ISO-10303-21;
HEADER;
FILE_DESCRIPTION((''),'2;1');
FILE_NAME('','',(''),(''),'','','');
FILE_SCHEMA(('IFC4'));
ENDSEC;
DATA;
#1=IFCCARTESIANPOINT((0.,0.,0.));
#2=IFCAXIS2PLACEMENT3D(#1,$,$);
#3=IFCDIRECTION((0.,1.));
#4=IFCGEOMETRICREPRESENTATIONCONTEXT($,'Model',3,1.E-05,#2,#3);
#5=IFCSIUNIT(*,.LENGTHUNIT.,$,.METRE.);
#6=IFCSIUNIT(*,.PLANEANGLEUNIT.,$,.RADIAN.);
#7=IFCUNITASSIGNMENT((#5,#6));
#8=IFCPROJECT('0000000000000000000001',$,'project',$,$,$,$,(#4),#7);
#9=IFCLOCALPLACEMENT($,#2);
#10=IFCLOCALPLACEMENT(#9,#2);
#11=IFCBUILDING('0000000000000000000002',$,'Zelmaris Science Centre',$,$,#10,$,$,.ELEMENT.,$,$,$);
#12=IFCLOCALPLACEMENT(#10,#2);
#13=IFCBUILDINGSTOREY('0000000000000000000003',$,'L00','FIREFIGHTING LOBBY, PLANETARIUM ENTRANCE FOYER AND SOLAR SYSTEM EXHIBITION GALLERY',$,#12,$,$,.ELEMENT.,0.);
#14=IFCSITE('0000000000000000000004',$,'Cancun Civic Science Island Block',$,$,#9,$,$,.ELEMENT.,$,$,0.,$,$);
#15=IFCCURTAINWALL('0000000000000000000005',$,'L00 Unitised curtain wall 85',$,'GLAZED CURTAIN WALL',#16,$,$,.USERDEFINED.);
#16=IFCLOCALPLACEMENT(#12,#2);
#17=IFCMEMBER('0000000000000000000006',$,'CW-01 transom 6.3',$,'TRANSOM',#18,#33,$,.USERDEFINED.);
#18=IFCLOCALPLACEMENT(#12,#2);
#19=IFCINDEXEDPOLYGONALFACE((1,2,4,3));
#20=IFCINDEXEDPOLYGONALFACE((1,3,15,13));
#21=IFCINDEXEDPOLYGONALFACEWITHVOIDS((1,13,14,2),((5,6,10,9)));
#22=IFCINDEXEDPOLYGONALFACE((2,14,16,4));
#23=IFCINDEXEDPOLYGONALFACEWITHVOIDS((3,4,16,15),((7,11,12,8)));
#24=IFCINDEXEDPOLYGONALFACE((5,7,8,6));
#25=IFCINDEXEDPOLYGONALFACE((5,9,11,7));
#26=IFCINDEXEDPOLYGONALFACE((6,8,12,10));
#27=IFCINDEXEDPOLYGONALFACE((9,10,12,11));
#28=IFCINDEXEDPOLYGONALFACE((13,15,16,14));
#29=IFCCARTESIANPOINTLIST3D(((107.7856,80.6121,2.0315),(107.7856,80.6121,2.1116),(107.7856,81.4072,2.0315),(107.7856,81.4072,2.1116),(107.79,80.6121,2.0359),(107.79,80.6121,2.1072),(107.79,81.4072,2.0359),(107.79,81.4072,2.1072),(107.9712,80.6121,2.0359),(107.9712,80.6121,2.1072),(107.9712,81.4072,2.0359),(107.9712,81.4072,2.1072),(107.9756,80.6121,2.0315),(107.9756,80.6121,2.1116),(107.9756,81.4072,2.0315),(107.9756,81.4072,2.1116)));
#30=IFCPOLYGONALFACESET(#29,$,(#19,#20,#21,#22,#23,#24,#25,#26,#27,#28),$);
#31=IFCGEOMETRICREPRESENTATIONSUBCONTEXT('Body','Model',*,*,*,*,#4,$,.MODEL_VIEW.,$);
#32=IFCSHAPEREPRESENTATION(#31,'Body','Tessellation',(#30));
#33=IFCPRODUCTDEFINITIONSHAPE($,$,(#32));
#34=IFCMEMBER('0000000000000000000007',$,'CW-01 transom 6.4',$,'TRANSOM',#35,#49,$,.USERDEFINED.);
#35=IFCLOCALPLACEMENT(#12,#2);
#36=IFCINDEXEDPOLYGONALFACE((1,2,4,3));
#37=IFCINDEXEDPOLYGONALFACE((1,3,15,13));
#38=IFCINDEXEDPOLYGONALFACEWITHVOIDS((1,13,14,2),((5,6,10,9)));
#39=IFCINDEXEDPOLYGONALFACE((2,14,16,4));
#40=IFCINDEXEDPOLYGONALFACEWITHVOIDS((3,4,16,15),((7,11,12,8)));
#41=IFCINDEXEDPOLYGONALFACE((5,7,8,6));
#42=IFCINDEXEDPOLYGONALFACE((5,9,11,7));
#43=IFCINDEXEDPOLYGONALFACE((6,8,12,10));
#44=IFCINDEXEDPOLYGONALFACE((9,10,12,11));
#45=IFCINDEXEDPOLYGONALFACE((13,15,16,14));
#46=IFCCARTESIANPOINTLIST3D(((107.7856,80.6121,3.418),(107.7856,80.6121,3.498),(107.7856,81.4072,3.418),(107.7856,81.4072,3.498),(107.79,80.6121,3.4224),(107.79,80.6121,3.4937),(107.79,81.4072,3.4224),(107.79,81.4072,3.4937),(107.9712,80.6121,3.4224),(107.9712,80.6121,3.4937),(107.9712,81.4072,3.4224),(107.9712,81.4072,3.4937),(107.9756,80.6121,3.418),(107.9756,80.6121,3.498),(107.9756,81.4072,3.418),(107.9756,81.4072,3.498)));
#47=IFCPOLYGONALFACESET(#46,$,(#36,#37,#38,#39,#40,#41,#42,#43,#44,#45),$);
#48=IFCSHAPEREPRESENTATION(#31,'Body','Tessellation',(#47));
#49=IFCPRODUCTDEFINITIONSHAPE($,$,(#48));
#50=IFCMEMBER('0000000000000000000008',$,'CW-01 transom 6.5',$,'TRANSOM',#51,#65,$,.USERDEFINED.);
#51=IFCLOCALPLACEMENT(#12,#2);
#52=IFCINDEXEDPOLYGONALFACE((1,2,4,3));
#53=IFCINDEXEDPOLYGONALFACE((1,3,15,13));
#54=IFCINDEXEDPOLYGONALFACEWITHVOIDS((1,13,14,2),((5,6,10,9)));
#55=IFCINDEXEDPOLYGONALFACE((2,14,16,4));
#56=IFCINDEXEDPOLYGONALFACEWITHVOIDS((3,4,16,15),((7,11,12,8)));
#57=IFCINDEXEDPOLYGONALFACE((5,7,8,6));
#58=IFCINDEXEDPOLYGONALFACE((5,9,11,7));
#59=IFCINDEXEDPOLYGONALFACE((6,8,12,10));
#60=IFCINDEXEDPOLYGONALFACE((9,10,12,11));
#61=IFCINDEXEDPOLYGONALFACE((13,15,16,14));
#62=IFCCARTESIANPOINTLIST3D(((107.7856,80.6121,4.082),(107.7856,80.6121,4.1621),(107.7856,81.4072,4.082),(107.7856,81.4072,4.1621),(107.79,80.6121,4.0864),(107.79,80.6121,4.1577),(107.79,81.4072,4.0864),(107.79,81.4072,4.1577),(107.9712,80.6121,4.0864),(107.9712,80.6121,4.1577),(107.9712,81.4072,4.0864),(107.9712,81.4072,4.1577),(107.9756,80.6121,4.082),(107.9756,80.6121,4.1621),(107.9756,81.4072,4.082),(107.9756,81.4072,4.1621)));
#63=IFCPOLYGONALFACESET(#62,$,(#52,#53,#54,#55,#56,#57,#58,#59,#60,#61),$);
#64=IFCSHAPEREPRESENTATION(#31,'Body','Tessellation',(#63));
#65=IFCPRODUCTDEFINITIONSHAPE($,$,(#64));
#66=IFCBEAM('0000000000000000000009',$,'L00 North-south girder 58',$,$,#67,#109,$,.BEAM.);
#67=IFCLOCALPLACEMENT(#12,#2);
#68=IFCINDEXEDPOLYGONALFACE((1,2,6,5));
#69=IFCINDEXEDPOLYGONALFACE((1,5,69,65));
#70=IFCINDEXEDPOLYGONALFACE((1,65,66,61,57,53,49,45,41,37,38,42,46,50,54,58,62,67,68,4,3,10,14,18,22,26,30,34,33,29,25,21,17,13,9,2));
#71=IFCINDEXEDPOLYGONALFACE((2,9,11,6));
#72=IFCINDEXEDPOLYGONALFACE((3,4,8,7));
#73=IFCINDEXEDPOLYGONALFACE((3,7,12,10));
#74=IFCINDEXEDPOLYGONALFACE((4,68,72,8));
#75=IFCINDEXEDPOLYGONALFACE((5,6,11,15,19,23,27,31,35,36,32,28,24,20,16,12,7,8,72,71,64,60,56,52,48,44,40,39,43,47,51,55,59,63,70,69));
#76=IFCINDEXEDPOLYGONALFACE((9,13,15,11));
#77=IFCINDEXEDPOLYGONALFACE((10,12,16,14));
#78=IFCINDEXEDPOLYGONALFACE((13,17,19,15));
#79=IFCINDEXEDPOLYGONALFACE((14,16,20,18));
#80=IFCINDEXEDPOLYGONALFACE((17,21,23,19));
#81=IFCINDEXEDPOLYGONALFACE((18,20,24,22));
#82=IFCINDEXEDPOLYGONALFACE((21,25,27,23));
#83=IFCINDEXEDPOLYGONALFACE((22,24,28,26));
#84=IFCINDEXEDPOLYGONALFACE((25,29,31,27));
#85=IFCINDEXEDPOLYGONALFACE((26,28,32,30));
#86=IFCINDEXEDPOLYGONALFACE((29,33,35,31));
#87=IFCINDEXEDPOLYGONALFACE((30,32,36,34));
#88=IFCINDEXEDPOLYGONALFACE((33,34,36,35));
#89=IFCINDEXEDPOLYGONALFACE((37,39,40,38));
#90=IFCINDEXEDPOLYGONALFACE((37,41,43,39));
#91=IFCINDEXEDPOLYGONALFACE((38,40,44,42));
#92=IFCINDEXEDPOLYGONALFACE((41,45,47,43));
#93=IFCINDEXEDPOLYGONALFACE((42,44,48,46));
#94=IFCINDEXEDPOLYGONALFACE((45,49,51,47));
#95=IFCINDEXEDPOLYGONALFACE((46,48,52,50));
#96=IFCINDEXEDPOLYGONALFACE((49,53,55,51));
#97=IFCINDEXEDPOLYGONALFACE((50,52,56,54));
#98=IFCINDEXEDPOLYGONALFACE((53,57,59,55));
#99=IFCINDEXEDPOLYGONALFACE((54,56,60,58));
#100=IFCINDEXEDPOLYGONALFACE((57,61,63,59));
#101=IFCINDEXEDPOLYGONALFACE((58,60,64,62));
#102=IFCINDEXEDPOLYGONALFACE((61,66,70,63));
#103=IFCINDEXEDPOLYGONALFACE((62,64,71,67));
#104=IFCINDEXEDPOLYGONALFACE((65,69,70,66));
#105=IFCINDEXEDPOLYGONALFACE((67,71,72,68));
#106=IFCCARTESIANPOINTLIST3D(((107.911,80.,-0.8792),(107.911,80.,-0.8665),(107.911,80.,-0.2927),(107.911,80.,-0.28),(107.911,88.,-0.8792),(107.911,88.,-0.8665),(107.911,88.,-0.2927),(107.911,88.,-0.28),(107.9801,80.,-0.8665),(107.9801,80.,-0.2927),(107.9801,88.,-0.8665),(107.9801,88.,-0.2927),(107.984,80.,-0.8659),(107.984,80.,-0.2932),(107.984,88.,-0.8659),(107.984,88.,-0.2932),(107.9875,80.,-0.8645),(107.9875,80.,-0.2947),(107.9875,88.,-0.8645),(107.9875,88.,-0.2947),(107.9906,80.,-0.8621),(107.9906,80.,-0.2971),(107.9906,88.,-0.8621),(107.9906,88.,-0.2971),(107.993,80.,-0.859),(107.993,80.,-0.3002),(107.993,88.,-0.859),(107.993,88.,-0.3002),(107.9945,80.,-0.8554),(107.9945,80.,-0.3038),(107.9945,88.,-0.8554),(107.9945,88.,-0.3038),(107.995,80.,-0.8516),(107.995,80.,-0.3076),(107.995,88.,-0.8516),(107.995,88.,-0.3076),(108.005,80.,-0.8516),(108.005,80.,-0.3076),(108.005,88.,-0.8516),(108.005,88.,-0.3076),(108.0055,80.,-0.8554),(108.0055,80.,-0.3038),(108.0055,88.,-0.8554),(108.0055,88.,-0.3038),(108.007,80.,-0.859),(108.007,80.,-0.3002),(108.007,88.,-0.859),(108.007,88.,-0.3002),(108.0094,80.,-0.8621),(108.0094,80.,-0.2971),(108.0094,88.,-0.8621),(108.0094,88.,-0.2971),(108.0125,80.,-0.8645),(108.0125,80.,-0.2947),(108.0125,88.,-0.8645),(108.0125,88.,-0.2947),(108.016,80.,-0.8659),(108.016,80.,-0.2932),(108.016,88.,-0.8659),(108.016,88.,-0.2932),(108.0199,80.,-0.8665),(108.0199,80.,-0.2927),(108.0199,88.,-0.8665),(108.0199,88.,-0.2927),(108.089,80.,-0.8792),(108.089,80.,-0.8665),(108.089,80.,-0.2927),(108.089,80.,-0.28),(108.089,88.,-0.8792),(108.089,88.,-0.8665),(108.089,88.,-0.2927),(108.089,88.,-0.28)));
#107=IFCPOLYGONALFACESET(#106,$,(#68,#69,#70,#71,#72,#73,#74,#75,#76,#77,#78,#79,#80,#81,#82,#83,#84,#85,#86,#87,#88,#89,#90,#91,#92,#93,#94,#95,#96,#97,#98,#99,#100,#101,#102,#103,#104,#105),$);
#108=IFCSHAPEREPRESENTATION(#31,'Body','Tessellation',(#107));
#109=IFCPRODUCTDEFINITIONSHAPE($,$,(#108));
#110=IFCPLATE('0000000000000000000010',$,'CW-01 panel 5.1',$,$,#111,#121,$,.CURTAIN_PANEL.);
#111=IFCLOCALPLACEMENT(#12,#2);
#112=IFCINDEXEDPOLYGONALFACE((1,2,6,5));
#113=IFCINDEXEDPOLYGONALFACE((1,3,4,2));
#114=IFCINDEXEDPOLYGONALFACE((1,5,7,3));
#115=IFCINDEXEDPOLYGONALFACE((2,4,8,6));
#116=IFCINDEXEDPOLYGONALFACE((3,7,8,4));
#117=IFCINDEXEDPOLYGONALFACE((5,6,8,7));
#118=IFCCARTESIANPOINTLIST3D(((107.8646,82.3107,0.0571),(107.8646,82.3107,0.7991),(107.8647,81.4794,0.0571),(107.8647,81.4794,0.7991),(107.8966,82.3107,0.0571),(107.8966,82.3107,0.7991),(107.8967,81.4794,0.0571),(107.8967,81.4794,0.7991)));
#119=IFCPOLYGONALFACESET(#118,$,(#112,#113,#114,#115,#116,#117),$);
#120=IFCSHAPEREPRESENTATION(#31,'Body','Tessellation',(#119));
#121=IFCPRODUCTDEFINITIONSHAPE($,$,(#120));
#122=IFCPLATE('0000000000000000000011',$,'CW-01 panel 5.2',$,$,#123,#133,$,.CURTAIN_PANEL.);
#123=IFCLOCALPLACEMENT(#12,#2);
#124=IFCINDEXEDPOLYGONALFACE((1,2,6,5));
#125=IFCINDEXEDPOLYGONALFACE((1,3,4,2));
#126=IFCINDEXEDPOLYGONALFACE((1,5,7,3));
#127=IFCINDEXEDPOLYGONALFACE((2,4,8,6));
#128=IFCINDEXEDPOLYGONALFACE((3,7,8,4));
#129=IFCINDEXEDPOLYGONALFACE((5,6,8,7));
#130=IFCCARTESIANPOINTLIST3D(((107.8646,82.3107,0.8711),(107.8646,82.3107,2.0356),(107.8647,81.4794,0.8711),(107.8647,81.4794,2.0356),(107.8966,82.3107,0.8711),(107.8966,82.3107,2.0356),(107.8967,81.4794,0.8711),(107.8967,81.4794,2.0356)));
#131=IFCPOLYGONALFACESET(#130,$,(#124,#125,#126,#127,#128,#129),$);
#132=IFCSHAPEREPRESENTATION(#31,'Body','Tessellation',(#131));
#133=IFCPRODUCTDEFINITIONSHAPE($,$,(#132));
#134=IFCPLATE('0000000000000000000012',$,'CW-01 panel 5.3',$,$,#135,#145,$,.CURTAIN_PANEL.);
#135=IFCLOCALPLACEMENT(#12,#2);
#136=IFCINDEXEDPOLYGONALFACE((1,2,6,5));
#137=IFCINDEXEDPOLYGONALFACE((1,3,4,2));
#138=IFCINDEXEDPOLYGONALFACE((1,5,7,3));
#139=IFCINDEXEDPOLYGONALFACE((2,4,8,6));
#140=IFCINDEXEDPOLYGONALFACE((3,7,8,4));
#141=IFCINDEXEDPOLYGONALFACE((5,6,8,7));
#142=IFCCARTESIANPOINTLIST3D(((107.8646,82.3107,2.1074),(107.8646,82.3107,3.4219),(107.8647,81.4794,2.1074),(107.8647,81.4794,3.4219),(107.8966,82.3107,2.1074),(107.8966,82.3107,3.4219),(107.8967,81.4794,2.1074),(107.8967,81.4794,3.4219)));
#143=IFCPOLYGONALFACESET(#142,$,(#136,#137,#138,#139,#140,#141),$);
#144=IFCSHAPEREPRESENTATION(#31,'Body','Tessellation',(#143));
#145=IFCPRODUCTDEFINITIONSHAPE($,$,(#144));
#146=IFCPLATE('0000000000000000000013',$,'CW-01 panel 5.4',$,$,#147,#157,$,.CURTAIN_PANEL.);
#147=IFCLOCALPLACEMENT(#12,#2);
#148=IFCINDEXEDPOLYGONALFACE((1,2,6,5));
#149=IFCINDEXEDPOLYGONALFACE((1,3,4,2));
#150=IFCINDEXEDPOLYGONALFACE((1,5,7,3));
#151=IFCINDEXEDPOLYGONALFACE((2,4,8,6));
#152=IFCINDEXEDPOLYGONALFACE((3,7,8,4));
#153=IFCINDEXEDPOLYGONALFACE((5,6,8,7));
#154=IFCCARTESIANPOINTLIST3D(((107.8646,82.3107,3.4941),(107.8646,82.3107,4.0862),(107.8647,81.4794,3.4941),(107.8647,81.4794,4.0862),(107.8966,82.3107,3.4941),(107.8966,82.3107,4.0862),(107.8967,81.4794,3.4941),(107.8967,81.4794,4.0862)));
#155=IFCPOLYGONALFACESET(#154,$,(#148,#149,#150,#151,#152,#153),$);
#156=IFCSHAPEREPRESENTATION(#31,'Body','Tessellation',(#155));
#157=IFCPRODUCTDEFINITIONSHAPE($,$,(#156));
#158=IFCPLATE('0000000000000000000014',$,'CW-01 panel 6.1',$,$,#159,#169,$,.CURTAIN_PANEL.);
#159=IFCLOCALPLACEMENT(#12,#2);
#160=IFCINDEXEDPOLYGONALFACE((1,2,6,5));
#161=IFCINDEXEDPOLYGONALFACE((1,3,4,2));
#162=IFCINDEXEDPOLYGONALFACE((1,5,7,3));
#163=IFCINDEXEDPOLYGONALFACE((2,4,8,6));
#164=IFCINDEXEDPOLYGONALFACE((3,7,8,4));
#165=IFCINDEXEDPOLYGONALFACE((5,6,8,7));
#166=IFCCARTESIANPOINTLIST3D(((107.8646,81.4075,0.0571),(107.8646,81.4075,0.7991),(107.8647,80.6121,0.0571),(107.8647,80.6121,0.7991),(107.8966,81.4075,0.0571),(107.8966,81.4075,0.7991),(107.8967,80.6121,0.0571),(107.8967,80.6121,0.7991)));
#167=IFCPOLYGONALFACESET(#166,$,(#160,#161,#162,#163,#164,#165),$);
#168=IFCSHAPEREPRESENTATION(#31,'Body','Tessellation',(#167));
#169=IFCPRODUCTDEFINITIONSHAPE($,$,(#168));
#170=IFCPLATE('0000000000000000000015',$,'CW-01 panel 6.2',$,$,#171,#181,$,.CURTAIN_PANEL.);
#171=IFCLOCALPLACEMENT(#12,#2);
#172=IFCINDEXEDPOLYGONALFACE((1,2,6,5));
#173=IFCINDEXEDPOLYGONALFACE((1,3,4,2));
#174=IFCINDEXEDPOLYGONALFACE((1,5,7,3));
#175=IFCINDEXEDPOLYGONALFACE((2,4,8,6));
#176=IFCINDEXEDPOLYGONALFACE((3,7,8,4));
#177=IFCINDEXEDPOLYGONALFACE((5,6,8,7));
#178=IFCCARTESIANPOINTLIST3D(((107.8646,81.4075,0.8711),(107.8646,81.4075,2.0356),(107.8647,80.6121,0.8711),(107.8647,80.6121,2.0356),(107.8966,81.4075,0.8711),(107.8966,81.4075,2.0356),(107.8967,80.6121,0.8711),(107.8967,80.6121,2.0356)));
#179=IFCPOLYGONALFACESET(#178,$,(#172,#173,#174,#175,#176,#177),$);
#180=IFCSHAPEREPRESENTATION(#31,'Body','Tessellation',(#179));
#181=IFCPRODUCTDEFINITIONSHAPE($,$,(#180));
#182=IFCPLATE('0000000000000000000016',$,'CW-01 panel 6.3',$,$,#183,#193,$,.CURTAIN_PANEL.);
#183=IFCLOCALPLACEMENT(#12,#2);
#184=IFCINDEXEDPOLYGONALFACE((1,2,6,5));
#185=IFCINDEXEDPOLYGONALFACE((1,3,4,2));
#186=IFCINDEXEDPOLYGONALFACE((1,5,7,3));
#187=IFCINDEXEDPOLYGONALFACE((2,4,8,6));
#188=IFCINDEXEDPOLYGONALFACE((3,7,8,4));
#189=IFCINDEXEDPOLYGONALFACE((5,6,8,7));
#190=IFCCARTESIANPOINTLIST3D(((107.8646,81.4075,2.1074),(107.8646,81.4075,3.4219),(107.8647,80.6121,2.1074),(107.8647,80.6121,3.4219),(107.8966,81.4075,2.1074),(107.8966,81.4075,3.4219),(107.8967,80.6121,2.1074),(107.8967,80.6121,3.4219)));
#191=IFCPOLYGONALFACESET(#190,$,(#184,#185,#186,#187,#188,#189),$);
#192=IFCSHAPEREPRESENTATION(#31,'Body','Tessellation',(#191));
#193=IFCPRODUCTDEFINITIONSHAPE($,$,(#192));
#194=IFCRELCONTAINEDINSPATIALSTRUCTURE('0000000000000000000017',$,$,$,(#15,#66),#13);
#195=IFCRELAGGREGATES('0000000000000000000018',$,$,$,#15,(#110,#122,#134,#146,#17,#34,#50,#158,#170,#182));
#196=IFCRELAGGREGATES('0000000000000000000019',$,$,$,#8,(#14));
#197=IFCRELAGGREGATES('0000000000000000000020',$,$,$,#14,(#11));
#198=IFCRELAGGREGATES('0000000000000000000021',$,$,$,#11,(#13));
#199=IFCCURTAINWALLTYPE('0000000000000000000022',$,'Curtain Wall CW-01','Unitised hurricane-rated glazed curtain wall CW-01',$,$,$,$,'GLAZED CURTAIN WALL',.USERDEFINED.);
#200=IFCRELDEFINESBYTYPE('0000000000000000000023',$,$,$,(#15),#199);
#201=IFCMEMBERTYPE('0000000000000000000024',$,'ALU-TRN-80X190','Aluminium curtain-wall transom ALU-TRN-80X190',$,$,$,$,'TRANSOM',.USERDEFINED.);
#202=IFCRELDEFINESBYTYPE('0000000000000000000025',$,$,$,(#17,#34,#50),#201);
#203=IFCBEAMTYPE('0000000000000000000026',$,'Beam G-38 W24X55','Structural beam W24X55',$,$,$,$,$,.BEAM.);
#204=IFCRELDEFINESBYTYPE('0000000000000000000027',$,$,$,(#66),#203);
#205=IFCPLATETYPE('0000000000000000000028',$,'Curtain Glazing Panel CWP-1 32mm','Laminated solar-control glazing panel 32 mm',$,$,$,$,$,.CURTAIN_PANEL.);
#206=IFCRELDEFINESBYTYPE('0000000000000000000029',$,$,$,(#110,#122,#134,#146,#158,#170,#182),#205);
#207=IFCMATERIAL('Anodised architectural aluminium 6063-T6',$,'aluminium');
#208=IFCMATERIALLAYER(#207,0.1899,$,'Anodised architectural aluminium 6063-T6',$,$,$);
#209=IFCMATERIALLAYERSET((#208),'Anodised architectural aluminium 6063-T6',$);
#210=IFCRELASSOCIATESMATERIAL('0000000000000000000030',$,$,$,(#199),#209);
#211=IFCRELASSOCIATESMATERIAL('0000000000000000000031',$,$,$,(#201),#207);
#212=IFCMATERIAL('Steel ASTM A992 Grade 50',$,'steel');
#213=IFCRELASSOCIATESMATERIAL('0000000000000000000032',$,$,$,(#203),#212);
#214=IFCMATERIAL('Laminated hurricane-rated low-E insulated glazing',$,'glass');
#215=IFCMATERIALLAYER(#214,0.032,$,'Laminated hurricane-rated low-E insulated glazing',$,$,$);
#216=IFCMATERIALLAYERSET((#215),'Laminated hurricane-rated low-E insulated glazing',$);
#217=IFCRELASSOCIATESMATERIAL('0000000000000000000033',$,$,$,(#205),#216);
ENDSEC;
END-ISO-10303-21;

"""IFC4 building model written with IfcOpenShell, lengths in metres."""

from ifc_helpers import new_model, si_unit, direction, frame, origin, origin_2d, place, context, subcontext, project, spatial, rectangle, hollow_rectangle, i_section, extrude, material, layer, layer_set, material_profile, profile_set, type_object, element, aggregate, save


model = new_model("IFC4")

# Units and contexts
model_context = context("Model", 3, precision=1e-05, world=origin(), true_north=direction((0.0, 1.0)))
body_context = subcontext(model_context, "Body", "Model", "MODEL_VIEW")
ifc_project = project(units=[si_unit("LENGTHUNIT", "METRE"), si_unit("PLANEANGLEUNIT", "RADIAN")], contexts=[model_context])

# Site, building, storey
site_placement = place(None, origin())
site = spatial("IfcSite", under=ifc_project, at=site_placement, Name="Cancun Civic Science Island Block", CompositionType="ELEMENT", RefElevation=0.0)
building_placement = place(site_placement, origin())
building = spatial("IfcBuilding", under=site, at=building_placement, Name="Zelmaris Science Centre", CompositionType="ELEMENT")
storey_placement = place(building_placement, origin())
storey = spatial("IfcBuildingStorey", under=building, at=storey_placement, Name="L00", Description="FIREFIGHTING LOBBY, PLANETARIUM ENTRANCE FOYER AND SOLAR SYSTEM EXHIBITION GALLERY", CompositionType="ELEMENT", Elevation=0.0)

# Shared definitions
ifc_material_1 = material(Name="Steel ASTM A992 Grade 50", Category="steel")

# Curtain wall
ifc_material_2 = material(Name="Anodised architectural aluminium 6063-T6", Category="aluminium")
ifc_layer_1 = layer(ifc_material_2, 0.1899, Name="Anodised architectural aluminium 6063-T6")
ifc_layer_set_1 = layer_set([ifc_layer_1], Name="Anodised architectural aluminium 6063-T6")
curtain_wall_type_1 = type_object("IfcCurtainWallType", Name="Curtain Wall CW-01", Description="Unitised hurricane-rated glazed curtain wall CW-01", ElementType="GLAZED CURTAIN WALL", PredefinedType="USERDEFINED", material=ifc_layer_set_1)
curtain_wall_1_placement = place(storey_placement, origin())
curtain_wall_1 = element("IfcCurtainWall", 1, at=curtain_wall_1_placement, inside=storey, type_object=curtain_wall_type_1, Name="L00 Unitised curtain wall 85", ObjectType="GLAZED CURTAIN WALL", PredefinedType="USERDEFINED")

# Members
ifc_material_profile_1 = material_profile(ifc_material_2, hollow_rectangle(XDim=0.0801, YDim=0.1899, WallThickness=0.0044, at=origin_2d()), Name="ALU-TRN-80X190")
ifc_profile_set_1 = profile_set([ifc_material_profile_1], Name="Anodised architectural aluminium 6063-T6")
member_type_1 = type_object("IfcMemberType", Name="ALU-TRN-80X190", Description="Aluminium curtain-wall transom ALU-TRN-80X190", ElementType="TRANSOM", PredefinedType="USERDEFINED", material=ifc_profile_set_1)
member_1_placement = place(storey_placement, frame((107.8806, 81.4072, 2.0715), z_axis=(0.0, -1.0, 0.0), x_axis=(0.0, 0.0, 1.0)))
member_1 = element("IfcMember", 2, at=member_1_placement, type_object=member_type_1, Name="CW-01 transom 6.3", ObjectType="TRANSOM", PredefinedType="USERDEFINED", context=body_context, shape_type="SweptSolid", body=[
    extrude(hollow_rectangle(XDim=0.0801, YDim=0.1899, WallThickness=0.0044, at=origin_2d()), origin(), (0.0, 0.0, 1.0), 0.7952),
])
member_2_placement = place(storey_placement, frame((107.8806, 81.4072, 3.458), z_axis=(0.0, -1.0, 0.0), x_axis=(0.0, 0.0, 1.0)))
member_2 = element("IfcMember", 3, at=member_2_placement, type_object=member_type_1, Name="CW-01 transom 6.4", ObjectType="TRANSOM", PredefinedType="USERDEFINED", context=body_context, shape_type="SweptSolid", body=[
    extrude(hollow_rectangle(XDim=0.0801, YDim=0.1899, WallThickness=0.0044, at=origin_2d()), origin(), (0.0, 0.0, 1.0), 0.7952),
])
member_3_placement = place(storey_placement, frame((107.8806, 81.4072, 4.1221), z_axis=(0.0, -1.0, 0.0), x_axis=(0.0, 0.0, 1.0)))
member_3 = element("IfcMember", 4, at=member_3_placement, type_object=member_type_1, Name="CW-01 transom 6.5", ObjectType="TRANSOM", PredefinedType="USERDEFINED", context=body_context, shape_type="SweptSolid", body=[
    extrude(hollow_rectangle(XDim=0.0801, YDim=0.1899, WallThickness=0.0044, at=origin_2d()), origin(), (0.0, 0.0, 1.0), 0.7952),
])

# Beam
ifc_material_profile_2 = material_profile(ifc_material_1, i_section(OverallWidth=0.178, OverallDepth=0.5991, WebThickness=0.01, FlangeThickness=0.0127, FilletRadius=0.0149, at=origin_2d()), Name="W24X55")
ifc_profile_set_2 = profile_set([ifc_material_profile_2], Name="Steel ASTM A992 Grade 50")
beam_type = type_object("IfcBeamType", Name="Beam G-38 W24X55", Description="Structural beam W24X55", PredefinedType="BEAM", material=ifc_profile_set_2)
beam_placement = place(storey_placement, frame((108.0, 80.0, -0.5796), z_axis=(0.0, 1.0, 0.0), x_axis=(-1.0, 0.0, 0.0)))
element("IfcBeam", 5, at=beam_placement, inside=storey, type_object=beam_type, Name="L00 North-south girder 58", PredefinedType="BEAM", context=body_context, shape_type="SweptSolid", body=[
    extrude(i_section(OverallWidth=0.178, OverallDepth=0.5991, WebThickness=0.01, FlangeThickness=0.0127, FilletRadius=0.0149, at=origin_2d()), origin(), (0.0, 0.0, 1.0), 8.0),
])

# Plates
ifc_material_3 = material(Name="Laminated hurricane-rated low-E insulated glazing", Category="glass")
ifc_layer_2 = layer(ifc_material_3, 0.032, Name="Laminated hurricane-rated low-E insulated glazing")
ifc_layer_set_2 = layer_set([ifc_layer_2], Name="Laminated hurricane-rated low-E insulated glazing")
plate_type_1 = type_object("IfcPlateType", Name="Curtain Glazing Panel CWP-1 32mm", Description="Laminated solar-control glazing panel 32 mm", PredefinedType="CURTAIN_PANEL", material=ifc_layer_set_2)
plate_1_placement = place(storey_placement, frame((107.8806, 81.895, 0.0571), z_axis=(0.0, 0.0, 1.0), x_axis=(0.000129, -1.0, 0.0)))
plate_1 = element("IfcPlate", 6, at=plate_1_placement, type_object=plate_type_1, Name="CW-01 panel 5.1", PredefinedType="CURTAIN_PANEL", context=body_context, shape_type="SweptSolid", body=[
    extrude(rectangle(XDim=0.8313, YDim=0.032, at=origin_2d()), origin(), (0.0, 0.0, 1.0), 0.7419),
])
plate_2_placement = place(storey_placement, frame((107.8806, 81.895, 0.8711), z_axis=(0.0, 0.0, 1.0), x_axis=(0.000129, -1.0, 0.0)))
plate_2 = element("IfcPlate", 7, at=plate_2_placement, type_object=plate_type_1, Name="CW-01 panel 5.2", PredefinedType="CURTAIN_PANEL", context=body_context, shape_type="SweptSolid", body=[
    extrude(rectangle(XDim=0.8313, YDim=0.032, at=origin_2d()), origin(), (0.0, 0.0, 1.0), 1.1646),
])
plate_3_placement = place(storey_placement, frame((107.8806, 81.895, 2.1074), z_axis=(0.0, 0.0, 1.0), x_axis=(0.000129, -1.0, 0.0)))
plate_3 = element("IfcPlate", 8, at=plate_3_placement, type_object=plate_type_1, Name="CW-01 panel 5.3", PredefinedType="CURTAIN_PANEL", context=body_context, shape_type="SweptSolid", body=[
    extrude(rectangle(XDim=0.8313, YDim=0.032, at=origin_2d()), origin(), (0.0, 0.0, 1.0), 1.3145),
])
plate_4_placement = place(storey_placement, frame((107.8806, 81.895, 3.4941), z_axis=(0.0, 0.0, 1.0), x_axis=(0.000129, -1.0, 0.0)))
plate_4 = element("IfcPlate", 9, at=plate_4_placement, type_object=plate_type_1, Name="CW-01 panel 5.4", PredefinedType="CURTAIN_PANEL", context=body_context, shape_type="SweptSolid", body=[
    extrude(rectangle(XDim=0.8313, YDim=0.032, at=origin_2d()), origin(), (0.0, 0.0, 1.0), 0.592),
])
plate_5_placement = place(storey_placement, frame((107.8806, 81.0098, 0.0571), z_axis=(0.0, 0.0, 1.0), x_axis=(0.000129, -1.0, 0.0)))
plate_5 = element("IfcPlate", 10, at=plate_5_placement, type_object=plate_type_1, Name="CW-01 panel 6.1", PredefinedType="CURTAIN_PANEL", context=body_context, shape_type="SweptSolid", body=[
    extrude(rectangle(XDim=0.7954, YDim=0.032, at=origin_2d()), origin(), (0.0, 0.0, 1.0), 0.7419),
])
plate_6_placement = place(storey_placement, frame((107.8806, 81.0098, 0.8711), z_axis=(0.0, 0.0, 1.0), x_axis=(0.000129, -1.0, 0.0)))
plate_6 = element("IfcPlate", 11, at=plate_6_placement, type_object=plate_type_1, Name="CW-01 panel 6.2", PredefinedType="CURTAIN_PANEL", context=body_context, shape_type="SweptSolid", body=[
    extrude(rectangle(XDim=0.7954, YDim=0.032, at=origin_2d()), origin(), (0.0, 0.0, 1.0), 1.1646),
])
plate_7_placement = place(storey_placement, frame((107.8806, 81.0098, 2.1074), z_axis=(0.0, 0.0, 1.0), x_axis=(0.000129, -1.0, 0.0)))
plate_7 = element("IfcPlate", 12, at=plate_7_placement, type_object=plate_type_1, Name="CW-01 panel 6.3", PredefinedType="CURTAIN_PANEL", context=body_context, shape_type="SweptSolid", body=[
    extrude(rectangle(XDim=0.7954, YDim=0.032, at=origin_2d()), origin(), (0.0, 0.0, 1.0), 1.3145),
])
aggregate(curtain_wall_1, [plate_1, plate_2, plate_3, plate_4, member_1, member_2, member_3, plate_5, plate_6, plate_7])

save(model, "model.ifc")
